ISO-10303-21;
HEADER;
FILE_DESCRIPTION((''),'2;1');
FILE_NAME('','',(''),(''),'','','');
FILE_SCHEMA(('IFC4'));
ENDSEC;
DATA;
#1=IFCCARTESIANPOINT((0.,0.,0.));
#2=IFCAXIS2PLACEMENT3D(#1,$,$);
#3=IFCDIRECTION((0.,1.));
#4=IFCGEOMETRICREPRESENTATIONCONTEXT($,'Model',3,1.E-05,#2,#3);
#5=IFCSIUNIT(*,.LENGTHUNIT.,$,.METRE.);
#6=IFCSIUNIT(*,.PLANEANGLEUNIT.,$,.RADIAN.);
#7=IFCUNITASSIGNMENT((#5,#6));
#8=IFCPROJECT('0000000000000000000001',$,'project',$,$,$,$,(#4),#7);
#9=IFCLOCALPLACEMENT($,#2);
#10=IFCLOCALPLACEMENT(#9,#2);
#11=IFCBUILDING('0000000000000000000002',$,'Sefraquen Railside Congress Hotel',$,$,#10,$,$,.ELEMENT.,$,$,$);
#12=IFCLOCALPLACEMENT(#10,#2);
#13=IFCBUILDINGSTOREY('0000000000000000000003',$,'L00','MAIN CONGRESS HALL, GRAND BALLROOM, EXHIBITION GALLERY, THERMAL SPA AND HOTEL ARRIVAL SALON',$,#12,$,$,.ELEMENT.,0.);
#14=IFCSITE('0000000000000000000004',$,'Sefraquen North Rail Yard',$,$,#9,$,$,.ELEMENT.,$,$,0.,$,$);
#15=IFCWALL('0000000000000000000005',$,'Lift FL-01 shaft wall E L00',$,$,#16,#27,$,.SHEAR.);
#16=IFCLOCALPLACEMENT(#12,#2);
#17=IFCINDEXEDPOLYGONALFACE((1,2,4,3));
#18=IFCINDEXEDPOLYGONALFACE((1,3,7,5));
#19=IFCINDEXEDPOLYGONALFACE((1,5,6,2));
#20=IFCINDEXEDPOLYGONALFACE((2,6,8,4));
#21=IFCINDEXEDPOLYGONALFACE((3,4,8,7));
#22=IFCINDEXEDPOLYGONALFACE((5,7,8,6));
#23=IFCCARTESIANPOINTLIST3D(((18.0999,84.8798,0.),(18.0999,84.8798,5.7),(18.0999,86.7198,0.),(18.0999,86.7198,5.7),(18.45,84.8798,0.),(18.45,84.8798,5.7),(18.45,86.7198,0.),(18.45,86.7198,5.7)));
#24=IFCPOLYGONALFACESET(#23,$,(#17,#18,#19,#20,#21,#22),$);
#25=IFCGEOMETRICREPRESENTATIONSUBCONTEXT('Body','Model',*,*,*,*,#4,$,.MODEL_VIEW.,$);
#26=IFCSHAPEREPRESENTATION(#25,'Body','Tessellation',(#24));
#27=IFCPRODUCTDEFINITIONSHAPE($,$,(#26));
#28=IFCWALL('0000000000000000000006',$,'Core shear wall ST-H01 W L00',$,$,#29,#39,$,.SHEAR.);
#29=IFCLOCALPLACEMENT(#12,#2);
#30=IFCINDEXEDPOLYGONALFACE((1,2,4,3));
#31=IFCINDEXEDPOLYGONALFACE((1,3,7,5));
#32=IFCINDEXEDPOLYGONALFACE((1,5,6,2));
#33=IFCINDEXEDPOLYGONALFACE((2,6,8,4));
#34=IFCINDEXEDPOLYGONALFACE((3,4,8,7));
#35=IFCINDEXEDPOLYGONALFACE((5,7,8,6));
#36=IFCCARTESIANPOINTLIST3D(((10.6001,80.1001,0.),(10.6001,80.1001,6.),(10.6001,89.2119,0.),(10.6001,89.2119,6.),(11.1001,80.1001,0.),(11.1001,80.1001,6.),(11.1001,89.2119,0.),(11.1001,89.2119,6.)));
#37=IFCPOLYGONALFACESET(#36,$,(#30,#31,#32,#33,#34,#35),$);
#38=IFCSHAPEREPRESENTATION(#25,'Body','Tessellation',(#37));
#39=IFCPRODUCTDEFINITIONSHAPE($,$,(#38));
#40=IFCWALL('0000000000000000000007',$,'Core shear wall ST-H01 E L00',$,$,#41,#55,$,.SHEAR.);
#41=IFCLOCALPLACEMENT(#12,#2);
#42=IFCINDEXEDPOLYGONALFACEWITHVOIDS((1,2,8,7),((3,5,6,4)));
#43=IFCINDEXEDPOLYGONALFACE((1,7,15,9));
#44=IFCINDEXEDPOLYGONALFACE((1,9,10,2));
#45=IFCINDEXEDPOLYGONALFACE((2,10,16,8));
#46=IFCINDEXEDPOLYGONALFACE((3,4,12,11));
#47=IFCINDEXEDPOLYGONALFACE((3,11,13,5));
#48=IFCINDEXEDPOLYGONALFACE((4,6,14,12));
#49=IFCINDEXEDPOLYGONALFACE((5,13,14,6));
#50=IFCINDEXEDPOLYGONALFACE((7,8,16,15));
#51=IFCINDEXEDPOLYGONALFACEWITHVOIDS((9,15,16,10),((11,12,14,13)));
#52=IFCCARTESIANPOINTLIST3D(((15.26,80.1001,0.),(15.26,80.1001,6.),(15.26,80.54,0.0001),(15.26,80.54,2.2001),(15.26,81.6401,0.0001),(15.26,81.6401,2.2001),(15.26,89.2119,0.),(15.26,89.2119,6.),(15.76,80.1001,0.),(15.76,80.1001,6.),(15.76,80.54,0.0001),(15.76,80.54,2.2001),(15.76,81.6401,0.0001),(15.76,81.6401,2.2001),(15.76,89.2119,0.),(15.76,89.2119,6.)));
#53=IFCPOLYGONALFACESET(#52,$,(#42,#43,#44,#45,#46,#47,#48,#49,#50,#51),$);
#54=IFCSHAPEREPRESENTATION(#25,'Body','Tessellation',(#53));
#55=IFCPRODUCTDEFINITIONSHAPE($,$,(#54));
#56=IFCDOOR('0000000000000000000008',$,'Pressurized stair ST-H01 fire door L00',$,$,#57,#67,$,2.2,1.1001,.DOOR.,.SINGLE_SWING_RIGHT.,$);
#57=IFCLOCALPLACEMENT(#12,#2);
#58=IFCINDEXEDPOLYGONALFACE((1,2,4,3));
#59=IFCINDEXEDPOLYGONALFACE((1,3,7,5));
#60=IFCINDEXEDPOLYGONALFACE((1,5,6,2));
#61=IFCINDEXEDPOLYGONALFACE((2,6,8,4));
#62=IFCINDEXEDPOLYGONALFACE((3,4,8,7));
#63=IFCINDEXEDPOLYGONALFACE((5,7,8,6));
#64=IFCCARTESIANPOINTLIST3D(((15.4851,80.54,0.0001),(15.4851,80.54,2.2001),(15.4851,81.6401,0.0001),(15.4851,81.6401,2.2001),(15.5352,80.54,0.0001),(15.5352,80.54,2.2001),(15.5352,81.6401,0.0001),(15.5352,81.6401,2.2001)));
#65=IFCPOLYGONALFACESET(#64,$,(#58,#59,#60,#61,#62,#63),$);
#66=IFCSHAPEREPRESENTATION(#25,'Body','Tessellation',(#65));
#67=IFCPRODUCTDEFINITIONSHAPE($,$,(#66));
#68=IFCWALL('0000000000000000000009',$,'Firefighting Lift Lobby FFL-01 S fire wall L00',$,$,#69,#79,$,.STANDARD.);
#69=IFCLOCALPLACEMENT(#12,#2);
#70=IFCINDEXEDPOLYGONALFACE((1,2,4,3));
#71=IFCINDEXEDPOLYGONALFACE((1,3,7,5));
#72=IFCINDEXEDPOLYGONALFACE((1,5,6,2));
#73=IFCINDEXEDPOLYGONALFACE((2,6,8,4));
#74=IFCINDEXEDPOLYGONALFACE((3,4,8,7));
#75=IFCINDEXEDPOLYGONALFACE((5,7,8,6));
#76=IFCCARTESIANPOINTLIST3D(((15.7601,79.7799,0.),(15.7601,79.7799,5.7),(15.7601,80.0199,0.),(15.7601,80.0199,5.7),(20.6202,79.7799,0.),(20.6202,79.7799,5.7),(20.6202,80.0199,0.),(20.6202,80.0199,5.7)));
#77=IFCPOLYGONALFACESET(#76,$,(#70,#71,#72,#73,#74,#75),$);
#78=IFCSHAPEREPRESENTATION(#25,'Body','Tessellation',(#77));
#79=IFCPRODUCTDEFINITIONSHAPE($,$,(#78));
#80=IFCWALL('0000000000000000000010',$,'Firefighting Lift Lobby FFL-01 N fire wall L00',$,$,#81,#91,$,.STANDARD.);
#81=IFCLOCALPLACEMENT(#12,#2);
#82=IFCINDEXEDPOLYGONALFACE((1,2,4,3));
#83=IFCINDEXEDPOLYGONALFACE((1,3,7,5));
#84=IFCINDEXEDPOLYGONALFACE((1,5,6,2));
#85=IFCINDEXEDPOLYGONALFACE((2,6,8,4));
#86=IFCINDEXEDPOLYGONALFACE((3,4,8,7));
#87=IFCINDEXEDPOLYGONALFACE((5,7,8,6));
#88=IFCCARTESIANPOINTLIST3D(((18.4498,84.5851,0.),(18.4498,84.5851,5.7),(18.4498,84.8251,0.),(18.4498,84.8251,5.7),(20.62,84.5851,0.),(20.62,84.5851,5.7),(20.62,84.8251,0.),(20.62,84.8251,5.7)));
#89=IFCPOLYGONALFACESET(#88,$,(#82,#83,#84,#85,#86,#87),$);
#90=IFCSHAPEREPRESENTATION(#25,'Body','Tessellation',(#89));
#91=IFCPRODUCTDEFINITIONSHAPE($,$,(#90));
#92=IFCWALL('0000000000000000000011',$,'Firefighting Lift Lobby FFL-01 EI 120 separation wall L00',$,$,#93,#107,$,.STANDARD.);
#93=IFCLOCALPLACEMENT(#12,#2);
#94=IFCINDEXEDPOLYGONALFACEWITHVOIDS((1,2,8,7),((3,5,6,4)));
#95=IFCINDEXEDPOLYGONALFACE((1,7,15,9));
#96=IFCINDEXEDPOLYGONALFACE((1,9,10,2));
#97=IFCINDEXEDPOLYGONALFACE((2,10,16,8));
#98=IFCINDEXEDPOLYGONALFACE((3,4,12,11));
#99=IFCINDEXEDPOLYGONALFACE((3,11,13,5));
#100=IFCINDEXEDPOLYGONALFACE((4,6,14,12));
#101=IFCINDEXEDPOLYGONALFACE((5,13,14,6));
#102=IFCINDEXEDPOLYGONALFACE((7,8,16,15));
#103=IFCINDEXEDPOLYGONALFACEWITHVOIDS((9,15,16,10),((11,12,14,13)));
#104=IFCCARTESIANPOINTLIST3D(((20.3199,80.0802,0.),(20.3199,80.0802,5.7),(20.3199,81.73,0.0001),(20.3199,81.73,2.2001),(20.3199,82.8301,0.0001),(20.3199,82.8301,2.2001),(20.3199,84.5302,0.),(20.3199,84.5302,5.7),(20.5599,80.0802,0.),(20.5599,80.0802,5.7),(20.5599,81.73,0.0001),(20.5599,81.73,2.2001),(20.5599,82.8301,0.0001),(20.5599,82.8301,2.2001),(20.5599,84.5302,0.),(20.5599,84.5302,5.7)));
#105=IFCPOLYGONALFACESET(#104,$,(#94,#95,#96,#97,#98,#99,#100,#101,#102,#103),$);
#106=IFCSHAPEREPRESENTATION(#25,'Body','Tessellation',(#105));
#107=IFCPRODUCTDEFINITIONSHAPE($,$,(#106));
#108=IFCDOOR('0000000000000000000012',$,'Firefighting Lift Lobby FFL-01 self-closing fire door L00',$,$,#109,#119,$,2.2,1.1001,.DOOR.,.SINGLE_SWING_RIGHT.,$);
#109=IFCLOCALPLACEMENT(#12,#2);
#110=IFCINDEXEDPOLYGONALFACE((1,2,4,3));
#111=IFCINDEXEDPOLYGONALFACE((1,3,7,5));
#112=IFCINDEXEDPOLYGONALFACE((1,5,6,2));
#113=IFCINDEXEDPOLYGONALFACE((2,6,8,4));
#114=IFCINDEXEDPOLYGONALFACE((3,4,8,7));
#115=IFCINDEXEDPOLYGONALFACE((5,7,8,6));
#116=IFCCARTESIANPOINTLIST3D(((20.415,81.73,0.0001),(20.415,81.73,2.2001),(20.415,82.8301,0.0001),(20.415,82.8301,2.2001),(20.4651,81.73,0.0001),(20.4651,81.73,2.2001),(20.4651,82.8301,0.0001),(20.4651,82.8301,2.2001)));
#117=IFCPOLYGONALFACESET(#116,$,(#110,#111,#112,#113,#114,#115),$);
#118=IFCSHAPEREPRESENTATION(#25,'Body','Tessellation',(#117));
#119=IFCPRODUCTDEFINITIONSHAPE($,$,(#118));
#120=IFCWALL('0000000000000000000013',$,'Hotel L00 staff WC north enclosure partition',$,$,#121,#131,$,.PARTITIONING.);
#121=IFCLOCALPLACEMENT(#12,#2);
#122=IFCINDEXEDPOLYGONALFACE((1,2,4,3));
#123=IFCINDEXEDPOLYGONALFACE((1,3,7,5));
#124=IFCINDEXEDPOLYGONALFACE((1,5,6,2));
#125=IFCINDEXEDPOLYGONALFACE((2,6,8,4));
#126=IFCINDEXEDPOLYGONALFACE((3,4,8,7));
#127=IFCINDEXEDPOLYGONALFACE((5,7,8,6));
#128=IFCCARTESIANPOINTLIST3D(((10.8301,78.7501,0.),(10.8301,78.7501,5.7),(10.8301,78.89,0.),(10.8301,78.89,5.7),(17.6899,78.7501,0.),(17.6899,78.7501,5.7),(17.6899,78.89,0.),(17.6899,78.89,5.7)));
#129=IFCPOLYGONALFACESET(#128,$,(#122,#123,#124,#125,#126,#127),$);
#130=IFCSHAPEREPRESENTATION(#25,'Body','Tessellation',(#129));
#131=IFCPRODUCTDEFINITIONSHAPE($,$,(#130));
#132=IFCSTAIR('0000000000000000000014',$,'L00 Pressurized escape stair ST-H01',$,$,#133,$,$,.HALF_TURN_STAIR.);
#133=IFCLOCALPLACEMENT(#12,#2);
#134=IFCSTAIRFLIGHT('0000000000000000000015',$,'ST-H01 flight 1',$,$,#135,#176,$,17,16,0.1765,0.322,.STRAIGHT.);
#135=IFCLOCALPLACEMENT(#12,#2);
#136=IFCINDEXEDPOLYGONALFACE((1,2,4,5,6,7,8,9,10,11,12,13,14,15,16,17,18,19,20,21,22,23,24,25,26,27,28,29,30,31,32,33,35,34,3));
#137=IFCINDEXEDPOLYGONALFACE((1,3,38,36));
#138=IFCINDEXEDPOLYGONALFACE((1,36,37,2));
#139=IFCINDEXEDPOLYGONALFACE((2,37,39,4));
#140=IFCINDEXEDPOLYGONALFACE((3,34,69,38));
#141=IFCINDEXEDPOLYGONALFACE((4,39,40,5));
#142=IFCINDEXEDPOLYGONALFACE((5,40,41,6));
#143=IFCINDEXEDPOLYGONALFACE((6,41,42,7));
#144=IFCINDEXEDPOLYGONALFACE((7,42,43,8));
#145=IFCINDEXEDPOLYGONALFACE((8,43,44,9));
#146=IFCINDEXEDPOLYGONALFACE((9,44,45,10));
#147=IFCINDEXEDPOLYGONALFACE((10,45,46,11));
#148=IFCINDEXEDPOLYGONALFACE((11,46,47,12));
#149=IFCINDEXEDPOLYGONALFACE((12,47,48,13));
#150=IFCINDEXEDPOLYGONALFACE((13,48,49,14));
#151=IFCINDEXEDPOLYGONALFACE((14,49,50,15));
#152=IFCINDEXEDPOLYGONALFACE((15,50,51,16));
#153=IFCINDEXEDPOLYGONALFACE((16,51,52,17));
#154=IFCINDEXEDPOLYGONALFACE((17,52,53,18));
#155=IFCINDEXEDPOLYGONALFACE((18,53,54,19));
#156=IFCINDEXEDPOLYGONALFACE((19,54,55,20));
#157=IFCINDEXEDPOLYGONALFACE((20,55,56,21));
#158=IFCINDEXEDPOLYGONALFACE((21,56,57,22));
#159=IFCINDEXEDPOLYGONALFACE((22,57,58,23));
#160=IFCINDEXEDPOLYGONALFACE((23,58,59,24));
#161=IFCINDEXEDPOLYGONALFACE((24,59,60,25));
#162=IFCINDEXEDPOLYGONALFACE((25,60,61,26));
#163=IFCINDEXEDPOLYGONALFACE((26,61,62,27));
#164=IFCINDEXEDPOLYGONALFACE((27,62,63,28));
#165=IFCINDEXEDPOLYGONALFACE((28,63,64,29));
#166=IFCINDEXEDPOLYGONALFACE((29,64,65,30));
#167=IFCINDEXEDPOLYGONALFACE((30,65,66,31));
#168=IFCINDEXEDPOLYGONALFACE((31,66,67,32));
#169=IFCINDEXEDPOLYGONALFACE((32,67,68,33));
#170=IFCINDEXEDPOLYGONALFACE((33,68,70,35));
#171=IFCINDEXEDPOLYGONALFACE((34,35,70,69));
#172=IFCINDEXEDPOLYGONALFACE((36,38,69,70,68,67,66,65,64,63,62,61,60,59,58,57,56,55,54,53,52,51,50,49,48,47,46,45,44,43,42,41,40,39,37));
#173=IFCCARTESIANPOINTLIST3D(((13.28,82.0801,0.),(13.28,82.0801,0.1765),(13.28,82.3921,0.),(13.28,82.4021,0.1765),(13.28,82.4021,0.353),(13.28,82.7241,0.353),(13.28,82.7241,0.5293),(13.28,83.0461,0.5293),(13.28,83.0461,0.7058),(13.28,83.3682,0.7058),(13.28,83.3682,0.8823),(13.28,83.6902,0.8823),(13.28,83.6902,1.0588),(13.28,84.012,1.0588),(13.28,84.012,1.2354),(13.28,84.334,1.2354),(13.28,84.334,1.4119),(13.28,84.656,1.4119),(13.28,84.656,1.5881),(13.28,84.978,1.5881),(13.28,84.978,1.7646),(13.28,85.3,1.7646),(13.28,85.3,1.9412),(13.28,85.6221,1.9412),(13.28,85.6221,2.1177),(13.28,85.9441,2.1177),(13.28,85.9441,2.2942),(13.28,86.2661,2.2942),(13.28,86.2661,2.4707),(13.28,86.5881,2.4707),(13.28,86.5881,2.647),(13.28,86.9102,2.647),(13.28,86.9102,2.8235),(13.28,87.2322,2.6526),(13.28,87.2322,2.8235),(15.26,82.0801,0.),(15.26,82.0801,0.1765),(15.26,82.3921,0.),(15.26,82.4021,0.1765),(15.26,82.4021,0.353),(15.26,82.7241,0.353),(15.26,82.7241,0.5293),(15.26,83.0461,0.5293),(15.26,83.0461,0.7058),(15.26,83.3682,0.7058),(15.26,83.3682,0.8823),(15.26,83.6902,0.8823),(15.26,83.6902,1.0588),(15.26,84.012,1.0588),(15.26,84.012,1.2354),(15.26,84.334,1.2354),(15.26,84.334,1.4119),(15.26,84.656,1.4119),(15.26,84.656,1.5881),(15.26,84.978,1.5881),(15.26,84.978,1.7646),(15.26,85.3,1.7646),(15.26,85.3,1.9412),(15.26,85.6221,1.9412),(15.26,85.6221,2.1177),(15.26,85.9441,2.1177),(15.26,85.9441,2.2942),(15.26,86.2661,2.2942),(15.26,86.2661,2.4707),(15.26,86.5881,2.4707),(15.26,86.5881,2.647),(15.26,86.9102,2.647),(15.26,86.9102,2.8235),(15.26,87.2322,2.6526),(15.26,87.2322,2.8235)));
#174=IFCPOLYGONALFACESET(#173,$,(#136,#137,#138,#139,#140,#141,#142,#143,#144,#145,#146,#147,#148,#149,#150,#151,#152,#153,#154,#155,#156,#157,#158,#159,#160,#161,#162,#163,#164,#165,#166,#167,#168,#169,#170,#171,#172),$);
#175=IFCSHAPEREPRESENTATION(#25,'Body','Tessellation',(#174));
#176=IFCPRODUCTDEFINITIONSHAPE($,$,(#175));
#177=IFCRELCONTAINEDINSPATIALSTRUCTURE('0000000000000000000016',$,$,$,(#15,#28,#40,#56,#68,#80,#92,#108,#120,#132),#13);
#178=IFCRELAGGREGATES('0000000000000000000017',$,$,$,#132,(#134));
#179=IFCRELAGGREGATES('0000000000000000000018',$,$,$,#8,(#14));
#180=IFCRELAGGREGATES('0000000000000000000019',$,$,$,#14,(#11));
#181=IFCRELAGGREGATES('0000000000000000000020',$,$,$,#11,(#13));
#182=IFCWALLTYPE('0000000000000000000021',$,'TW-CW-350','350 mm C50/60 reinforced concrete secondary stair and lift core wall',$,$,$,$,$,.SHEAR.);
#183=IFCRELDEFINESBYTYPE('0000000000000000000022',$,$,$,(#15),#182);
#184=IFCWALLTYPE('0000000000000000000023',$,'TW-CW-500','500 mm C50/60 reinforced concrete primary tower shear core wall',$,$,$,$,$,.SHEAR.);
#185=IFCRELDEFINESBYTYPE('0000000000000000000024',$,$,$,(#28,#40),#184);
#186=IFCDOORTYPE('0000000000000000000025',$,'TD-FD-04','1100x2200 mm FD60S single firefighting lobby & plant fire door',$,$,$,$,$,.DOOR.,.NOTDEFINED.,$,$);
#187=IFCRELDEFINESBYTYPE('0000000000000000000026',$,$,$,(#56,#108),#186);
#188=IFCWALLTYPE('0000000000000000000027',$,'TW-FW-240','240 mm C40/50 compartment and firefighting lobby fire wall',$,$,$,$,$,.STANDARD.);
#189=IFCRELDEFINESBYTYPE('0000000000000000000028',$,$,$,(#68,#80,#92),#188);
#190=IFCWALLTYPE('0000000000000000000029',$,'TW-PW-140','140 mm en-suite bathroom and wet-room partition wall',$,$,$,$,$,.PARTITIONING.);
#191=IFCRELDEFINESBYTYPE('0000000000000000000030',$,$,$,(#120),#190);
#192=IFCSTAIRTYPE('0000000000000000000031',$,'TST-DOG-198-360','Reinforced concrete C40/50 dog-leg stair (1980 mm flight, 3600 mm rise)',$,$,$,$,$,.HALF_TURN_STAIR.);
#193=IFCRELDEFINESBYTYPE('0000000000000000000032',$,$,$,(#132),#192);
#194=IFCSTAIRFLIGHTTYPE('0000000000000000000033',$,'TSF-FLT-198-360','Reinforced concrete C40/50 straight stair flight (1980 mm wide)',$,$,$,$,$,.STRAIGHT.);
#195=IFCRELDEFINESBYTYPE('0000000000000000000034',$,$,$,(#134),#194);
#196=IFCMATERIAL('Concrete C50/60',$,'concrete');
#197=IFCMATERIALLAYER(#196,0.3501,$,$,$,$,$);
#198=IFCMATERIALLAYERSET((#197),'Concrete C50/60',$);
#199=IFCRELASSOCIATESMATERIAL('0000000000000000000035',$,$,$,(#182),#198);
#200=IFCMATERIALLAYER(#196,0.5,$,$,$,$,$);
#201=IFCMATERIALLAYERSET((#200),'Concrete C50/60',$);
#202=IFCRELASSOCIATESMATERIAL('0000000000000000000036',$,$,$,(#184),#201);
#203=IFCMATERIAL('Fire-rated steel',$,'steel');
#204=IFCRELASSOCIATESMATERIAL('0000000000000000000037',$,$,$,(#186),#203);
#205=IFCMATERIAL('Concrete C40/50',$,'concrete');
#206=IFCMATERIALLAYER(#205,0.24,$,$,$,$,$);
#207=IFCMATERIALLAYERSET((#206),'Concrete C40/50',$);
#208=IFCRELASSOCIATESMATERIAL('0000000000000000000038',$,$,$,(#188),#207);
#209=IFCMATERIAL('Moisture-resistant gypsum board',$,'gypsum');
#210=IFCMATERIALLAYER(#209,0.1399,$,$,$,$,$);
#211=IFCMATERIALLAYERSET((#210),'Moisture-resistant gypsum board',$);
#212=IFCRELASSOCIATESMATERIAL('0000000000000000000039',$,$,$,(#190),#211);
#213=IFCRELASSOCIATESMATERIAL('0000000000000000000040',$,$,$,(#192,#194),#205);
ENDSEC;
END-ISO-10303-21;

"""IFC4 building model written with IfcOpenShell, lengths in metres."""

from ifc_helpers import new_model, si_unit, direction, frame, frame_2d, origin, place, context, subcontext, project, spatial, polyline, rectangle, outline, extrude, material, layer, layer_set, type_object, element, fill, aggregate, save


model = new_model("IFC4")

# Units and contexts
model_context = context("Model", 3, precision=1e-05, world=origin(), true_north=direction((0.0, 1.0)))
body_context = subcontext(model_context, "Body", "Model", "MODEL_VIEW")
ifc_project = project(units=[si_unit("LENGTHUNIT", "METRE"), si_unit("PLANEANGLEUNIT", "RADIAN")], contexts=[model_context])

# Site, building, storey
site_placement = place(None, origin())
site = spatial("IfcSite", under=ifc_project, at=site_placement, Name="Sefraquen North Rail Yard", CompositionType="ELEMENT", RefElevation=0.0)
building_placement = place(site_placement, origin())
building = spatial("IfcBuilding", under=site, at=building_placement, Name="Sefraquen Railside Congress Hotel", CompositionType="ELEMENT")
storey_placement = place(building_placement, origin())
storey = spatial("IfcBuildingStorey", under=building, at=storey_placement, Name="L00", Description="MAIN CONGRESS HALL, GRAND BALLROOM, EXHIBITION GALLERY, THERMAL SPA AND HOTEL ARRIVAL SALON", CompositionType="ELEMENT", Elevation=0.0)

# Shared definitions
ifc_material_1 = material(Name="Concrete C50/60", Category="concrete")
ifc_layer_1 = layer(ifc_material_1, 0.3501)
ifc_layer_set_1 = layer_set([ifc_layer_1], Name="Concrete C50/60")
wall_type_1 = type_object("IfcWallType", Name="TW-CW-350", Description="350 mm C50/60 reinforced concrete secondary stair and lift core wall", PredefinedType="SHEAR", material=ifc_layer_set_1)

# Walls
wall_1_placement = place(storey_placement, frame((18.2749, 84.8799, 0.0), z_axis=(0.0, 0.0, 1.0), x_axis=(0.0, 1.0, 0.0)))
element("IfcWall", 1, at=wall_1_placement, inside=storey, type_object=wall_type_1, Name="Lift FL-01 shaft wall E L00", PredefinedType="SHEAR", context=body_context, shape_type="SweptSolid", body=[
    extrude(rectangle(XDim=1.8401, YDim=0.3501, at=frame_2d((0.9199, 0.0))), origin(), (0.0, 0.0, 1.0), 5.7),
])
ifc_layer_2 = layer(ifc_material_1, 0.5)
ifc_layer_set_2 = layer_set([ifc_layer_2], Name="Concrete C50/60")
wall_type_2 = type_object("IfcWallType", Name="TW-CW-500", Description="500 mm C50/60 reinforced concrete primary tower shear core wall", PredefinedType="SHEAR", material=ifc_layer_set_2)
wall_2_placement = place(storey_placement, frame((10.8501, 80.1001, 0.0), z_axis=(0.0, 0.0, 1.0), x_axis=(0.0, 1.0, 0.0)))
element("IfcWall", 2, at=wall_2_placement, inside=storey, type_object=wall_type_2, Name="Core shear wall ST-H01 W L00", PredefinedType="SHEAR", context=body_context, shape_type="SweptSolid", body=[
    extrude(rectangle(XDim=9.1118, YDim=0.5, at=frame_2d((4.5559, 0.0))), origin(), (0.0, 0.0, 1.0), 6.0),
])

# Wall, opening, door
wall_3_placement = place(storey_placement, frame((15.51, 80.1001, 0.0), z_axis=(0.0, 0.0, 1.0), x_axis=(0.0, 1.0, 0.0)))
wall_3 = element("IfcWall", 3, at=wall_3_placement, inside=storey, type_object=wall_type_2, Name="Core shear wall ST-H01 E L00", PredefinedType="SHEAR", context=body_context, shape_type="SweptSolid", body=[
    extrude(rectangle(XDim=9.1118, YDim=0.5, at=frame_2d((4.5559, 0.0))), origin(), (0.0, 0.0, 1.0), 6.0),
])
opening_1_placement = place(wall_3_placement, frame((0.4399, 0.0, 0.0)))
opening_1 = element("IfcOpeningElement", 4, at=opening_1_placement, cuts=wall_3, PredefinedType="OPENING", context=body_context, shape_type="SweptSolid", body=[
    extrude(rectangle(XDim=1.1001, YDim=2.2, at=frame_2d((0.55, 1.1001))), frame((0.0, 0.26, 0.0), z_axis=(0.0, -1.0, 0.0), x_axis=(1.0, 0.0, 0.0)), (0.0, 0.0, 1.0), 0.52),
])
ifc_material_2 = material(Name="Fire-rated steel", Category="steel")
door_type_1 = type_object("IfcDoorType", Name="TD-FD-04", Description="1100x2200 mm FD60S single firefighting lobby & plant fire door", OperationType="NOTDEFINED", PredefinedType="DOOR", material=ifc_material_2)
door_1_placement = place(opening_1_placement, origin())
door_1 = element("IfcDoor", 5, at=door_1_placement, inside=storey, type_object=door_type_1, Name="Pressurized stair ST-H01 fire door L00", OperationType="SINGLE_SWING_RIGHT", OverallHeight=2.2, OverallWidth=1.1001, PredefinedType="DOOR", context=body_context, shape_type="SweptSolid", body=[
    extrude(rectangle(XDim=1.1001, YDim=2.2, at=frame_2d((0.55, 1.1001))), frame((0.0, 0.0249, 0.0), z_axis=(0.0, -1.0, 0.0), x_axis=(1.0, 0.0, 0.0)), (0.0, 0.0, 1.0), 0.05),
])
fill(opening_1, door_1)

# Walls
ifc_material_3 = material(Name="Concrete C40/50", Category="concrete")
ifc_layer_3 = layer(ifc_material_3, 0.24)
ifc_layer_set_3 = layer_set([ifc_layer_3], Name="Concrete C40/50")
wall_type_3 = type_object("IfcWallType", Name="TW-FW-240", Description="240 mm C40/50 compartment and firefighting lobby fire wall", PredefinedType="STANDARD", material=ifc_layer_set_3)
wall_4_placement = place(storey_placement, frame((15.76, 79.8999, 0.0), z_axis=(0.0, 0.0, 1.0), x_axis=(1.0, 0.0, 0.0)))
element("IfcWall", 6, at=wall_4_placement, inside=storey, type_object=wall_type_3, Name="Firefighting Lift Lobby FFL-01 S fire wall L00", PredefinedType="STANDARD", context=body_context, shape_type="SweptSolid", body=[
    extrude(rectangle(XDim=4.8601, YDim=0.24, at=frame_2d((2.4302, 0.0))), origin(), (0.0, 0.0, 1.0), 5.7),
])
wall_5_placement = place(storey_placement, frame((18.45, 84.7051, 0.0), z_axis=(0.0, 0.0, 1.0), x_axis=(1.0, 0.0, 0.0)))
element("IfcWall", 7, at=wall_5_placement, inside=storey, type_object=wall_type_3, Name="Firefighting Lift Lobby FFL-01 N fire wall L00", PredefinedType="STANDARD", context=body_context, shape_type="SweptSolid", body=[
    extrude(rectangle(XDim=2.1702, YDim=0.24, at=frame_2d((1.085, 0.0))), origin(), (0.0, 0.0, 1.0), 5.7),
])

# Wall, opening, door
wall_6_placement = place(storey_placement, frame((20.4399, 80.0801, 0.0), z_axis=(0.0, 0.0, 1.0), x_axis=(0.0, 1.0, 0.0)))
wall_6 = element("IfcWall", 8, at=wall_6_placement, inside=storey, type_object=wall_type_3, Name="Firefighting Lift Lobby FFL-01 EI 120 separation wall L00", PredefinedType="STANDARD", context=body_context, shape_type="SweptSolid", body=[
    extrude(rectangle(XDim=4.45, YDim=0.24, at=frame_2d((2.2251, 0.0))), origin(), (0.0, 0.0, 1.0), 5.7),
])
opening_2_placement = place(wall_6_placement, frame((1.6499, 0.0, 0.0)))
opening_2 = element("IfcOpeningElement", 9, at=opening_2_placement, cuts=wall_6, PredefinedType="OPENING", context=body_context, shape_type="SweptSolid", body=[
    extrude(rectangle(XDim=1.1001, YDim=2.2, at=frame_2d((0.55, 1.1001))), frame((0.0, 0.1299, 0.0), z_axis=(0.0, -1.0, 0.0), x_axis=(1.0, 0.0, 0.0)), (0.0, 0.0, 1.0), 0.26),
])
door_2_placement = place(opening_2_placement, origin())
door_2 = element("IfcDoor", 10, at=door_2_placement, inside=storey, type_object=door_type_1, Name="Firefighting Lift Lobby FFL-01 self-closing fire door L00", OperationType="SINGLE_SWING_RIGHT", OverallHeight=2.2, OverallWidth=1.1001, PredefinedType="DOOR", context=body_context, shape_type="SweptSolid", body=[
    extrude(rectangle(XDim=1.1001, YDim=2.2, at=frame_2d((0.55, 1.1001))), frame((0.0, 0.0249, 0.0), z_axis=(0.0, -1.0, 0.0), x_axis=(1.0, 0.0, 0.0)), (0.0, 0.0, 1.0), 0.05),
])
fill(opening_2, door_2)

# Wall
ifc_material_4 = material(Name="Moisture-resistant gypsum board", Category="gypsum")
ifc_layer_4 = layer(ifc_material_4, 0.1399)
ifc_layer_set_4 = layer_set([ifc_layer_4], Name="Moisture-resistant gypsum board")
wall_type_4 = type_object("IfcWallType", Name="TW-PW-140", Description="140 mm en-suite bathroom and wet-room partition wall", PredefinedType="PARTITIONING", material=ifc_layer_set_4)
wall_7_placement = place(storey_placement, frame((10.8301, 78.8201, 0.0), z_axis=(0.0, 0.0, 1.0), x_axis=(1.0, 0.0, 0.0)))
element("IfcWall", 11, at=wall_7_placement, inside=storey, type_object=wall_type_4, Name="Hotel L00 staff WC north enclosure partition", PredefinedType="PARTITIONING", context=body_context, shape_type="SweptSolid", body=[
    extrude(rectangle(XDim=6.8599, YDim=0.1399, at=frame_2d((3.4299, 0.0))), origin(), (0.0, 0.0, 1.0), 5.7),
])

# Stair, stair flight
stair_type = type_object("IfcStairType", Name="TST-DOG-198-360", Description="Reinforced concrete C40/50 dog-leg stair (1980 mm flight, 3600 mm rise)", PredefinedType="HALF_TURN_STAIR", material=ifc_material_3)
stair_placement = place(storey_placement, origin())
stair = element("IfcStair", 12, at=stair_placement, inside=storey, type_object=stair_type, Name="L00 Pressurized escape stair ST-H01", PredefinedType="HALF_TURN_STAIR")
stair_flight_type = type_object("IfcStairFlightType", Name="TSF-FLT-198-360", Description="Reinforced concrete C40/50 straight stair flight (1980 mm wide)", PredefinedType="STRAIGHT", material=ifc_material_3)
stair_flight_1_placement = place(storey_placement, frame((14.27, 82.0801, 0.0), z_axis=(0.0, 0.0, 1.0), x_axis=(0.0, 1.0, 0.0)))
stair_flight_1 = element("IfcStairFlight", 13, at=stair_flight_1_placement, type_object=stair_flight_type, Name="ST-H01 flight 1", NumberOfRisers=17, NumberOfTreads=16, PredefinedType="STRAIGHT", RiserHeight=0.1765, TreadLength=0.322, context=body_context, shape_type="SweptSolid", body=[
    extrude(outline(polyline([(0.0, 0.0), (0.0, 0.1765), (0.322, 0.1765), (0.322, 0.353), (0.644, 0.353), (0.644, 0.5293), (0.9661, 0.5293), (0.9661, 0.7058), (1.2881, 0.7058), (1.2881, 0.8823), (1.6101, 0.8823), (1.6101, 1.0588), (1.9319, 1.0588), (1.9319, 1.2354), (2.2539, 1.2354), (2.2539, 1.4119), (2.5759, 1.4119), (2.5759, 1.5881), (2.8979, 1.5881), (2.8979, 1.7646), (3.22, 1.7646), (3.22, 1.9412), (3.542, 1.9412), (3.542, 2.1177), (3.864, 2.1177), (3.864, 2.2942), (4.186, 2.2942), (4.186, 2.4707), (4.5081, 2.4707), (4.5081, 2.647), (4.8301, 2.647), (4.8301, 2.8235), (5.1521, 2.8235), (5.1521, 3.0), (5.1521, 2.6526), (0.312, 0.0), (0.0, 0.0)])), frame((0.0, 0.99, 0.0), z_axis=(0.0, -1.0, 0.0), x_axis=(1.0, 0.0, 0.0)), (0.0, 0.0, 1.0), 1.98),
])
aggregate(stair, [stair_flight_1])

save(model, "model.ifc")
